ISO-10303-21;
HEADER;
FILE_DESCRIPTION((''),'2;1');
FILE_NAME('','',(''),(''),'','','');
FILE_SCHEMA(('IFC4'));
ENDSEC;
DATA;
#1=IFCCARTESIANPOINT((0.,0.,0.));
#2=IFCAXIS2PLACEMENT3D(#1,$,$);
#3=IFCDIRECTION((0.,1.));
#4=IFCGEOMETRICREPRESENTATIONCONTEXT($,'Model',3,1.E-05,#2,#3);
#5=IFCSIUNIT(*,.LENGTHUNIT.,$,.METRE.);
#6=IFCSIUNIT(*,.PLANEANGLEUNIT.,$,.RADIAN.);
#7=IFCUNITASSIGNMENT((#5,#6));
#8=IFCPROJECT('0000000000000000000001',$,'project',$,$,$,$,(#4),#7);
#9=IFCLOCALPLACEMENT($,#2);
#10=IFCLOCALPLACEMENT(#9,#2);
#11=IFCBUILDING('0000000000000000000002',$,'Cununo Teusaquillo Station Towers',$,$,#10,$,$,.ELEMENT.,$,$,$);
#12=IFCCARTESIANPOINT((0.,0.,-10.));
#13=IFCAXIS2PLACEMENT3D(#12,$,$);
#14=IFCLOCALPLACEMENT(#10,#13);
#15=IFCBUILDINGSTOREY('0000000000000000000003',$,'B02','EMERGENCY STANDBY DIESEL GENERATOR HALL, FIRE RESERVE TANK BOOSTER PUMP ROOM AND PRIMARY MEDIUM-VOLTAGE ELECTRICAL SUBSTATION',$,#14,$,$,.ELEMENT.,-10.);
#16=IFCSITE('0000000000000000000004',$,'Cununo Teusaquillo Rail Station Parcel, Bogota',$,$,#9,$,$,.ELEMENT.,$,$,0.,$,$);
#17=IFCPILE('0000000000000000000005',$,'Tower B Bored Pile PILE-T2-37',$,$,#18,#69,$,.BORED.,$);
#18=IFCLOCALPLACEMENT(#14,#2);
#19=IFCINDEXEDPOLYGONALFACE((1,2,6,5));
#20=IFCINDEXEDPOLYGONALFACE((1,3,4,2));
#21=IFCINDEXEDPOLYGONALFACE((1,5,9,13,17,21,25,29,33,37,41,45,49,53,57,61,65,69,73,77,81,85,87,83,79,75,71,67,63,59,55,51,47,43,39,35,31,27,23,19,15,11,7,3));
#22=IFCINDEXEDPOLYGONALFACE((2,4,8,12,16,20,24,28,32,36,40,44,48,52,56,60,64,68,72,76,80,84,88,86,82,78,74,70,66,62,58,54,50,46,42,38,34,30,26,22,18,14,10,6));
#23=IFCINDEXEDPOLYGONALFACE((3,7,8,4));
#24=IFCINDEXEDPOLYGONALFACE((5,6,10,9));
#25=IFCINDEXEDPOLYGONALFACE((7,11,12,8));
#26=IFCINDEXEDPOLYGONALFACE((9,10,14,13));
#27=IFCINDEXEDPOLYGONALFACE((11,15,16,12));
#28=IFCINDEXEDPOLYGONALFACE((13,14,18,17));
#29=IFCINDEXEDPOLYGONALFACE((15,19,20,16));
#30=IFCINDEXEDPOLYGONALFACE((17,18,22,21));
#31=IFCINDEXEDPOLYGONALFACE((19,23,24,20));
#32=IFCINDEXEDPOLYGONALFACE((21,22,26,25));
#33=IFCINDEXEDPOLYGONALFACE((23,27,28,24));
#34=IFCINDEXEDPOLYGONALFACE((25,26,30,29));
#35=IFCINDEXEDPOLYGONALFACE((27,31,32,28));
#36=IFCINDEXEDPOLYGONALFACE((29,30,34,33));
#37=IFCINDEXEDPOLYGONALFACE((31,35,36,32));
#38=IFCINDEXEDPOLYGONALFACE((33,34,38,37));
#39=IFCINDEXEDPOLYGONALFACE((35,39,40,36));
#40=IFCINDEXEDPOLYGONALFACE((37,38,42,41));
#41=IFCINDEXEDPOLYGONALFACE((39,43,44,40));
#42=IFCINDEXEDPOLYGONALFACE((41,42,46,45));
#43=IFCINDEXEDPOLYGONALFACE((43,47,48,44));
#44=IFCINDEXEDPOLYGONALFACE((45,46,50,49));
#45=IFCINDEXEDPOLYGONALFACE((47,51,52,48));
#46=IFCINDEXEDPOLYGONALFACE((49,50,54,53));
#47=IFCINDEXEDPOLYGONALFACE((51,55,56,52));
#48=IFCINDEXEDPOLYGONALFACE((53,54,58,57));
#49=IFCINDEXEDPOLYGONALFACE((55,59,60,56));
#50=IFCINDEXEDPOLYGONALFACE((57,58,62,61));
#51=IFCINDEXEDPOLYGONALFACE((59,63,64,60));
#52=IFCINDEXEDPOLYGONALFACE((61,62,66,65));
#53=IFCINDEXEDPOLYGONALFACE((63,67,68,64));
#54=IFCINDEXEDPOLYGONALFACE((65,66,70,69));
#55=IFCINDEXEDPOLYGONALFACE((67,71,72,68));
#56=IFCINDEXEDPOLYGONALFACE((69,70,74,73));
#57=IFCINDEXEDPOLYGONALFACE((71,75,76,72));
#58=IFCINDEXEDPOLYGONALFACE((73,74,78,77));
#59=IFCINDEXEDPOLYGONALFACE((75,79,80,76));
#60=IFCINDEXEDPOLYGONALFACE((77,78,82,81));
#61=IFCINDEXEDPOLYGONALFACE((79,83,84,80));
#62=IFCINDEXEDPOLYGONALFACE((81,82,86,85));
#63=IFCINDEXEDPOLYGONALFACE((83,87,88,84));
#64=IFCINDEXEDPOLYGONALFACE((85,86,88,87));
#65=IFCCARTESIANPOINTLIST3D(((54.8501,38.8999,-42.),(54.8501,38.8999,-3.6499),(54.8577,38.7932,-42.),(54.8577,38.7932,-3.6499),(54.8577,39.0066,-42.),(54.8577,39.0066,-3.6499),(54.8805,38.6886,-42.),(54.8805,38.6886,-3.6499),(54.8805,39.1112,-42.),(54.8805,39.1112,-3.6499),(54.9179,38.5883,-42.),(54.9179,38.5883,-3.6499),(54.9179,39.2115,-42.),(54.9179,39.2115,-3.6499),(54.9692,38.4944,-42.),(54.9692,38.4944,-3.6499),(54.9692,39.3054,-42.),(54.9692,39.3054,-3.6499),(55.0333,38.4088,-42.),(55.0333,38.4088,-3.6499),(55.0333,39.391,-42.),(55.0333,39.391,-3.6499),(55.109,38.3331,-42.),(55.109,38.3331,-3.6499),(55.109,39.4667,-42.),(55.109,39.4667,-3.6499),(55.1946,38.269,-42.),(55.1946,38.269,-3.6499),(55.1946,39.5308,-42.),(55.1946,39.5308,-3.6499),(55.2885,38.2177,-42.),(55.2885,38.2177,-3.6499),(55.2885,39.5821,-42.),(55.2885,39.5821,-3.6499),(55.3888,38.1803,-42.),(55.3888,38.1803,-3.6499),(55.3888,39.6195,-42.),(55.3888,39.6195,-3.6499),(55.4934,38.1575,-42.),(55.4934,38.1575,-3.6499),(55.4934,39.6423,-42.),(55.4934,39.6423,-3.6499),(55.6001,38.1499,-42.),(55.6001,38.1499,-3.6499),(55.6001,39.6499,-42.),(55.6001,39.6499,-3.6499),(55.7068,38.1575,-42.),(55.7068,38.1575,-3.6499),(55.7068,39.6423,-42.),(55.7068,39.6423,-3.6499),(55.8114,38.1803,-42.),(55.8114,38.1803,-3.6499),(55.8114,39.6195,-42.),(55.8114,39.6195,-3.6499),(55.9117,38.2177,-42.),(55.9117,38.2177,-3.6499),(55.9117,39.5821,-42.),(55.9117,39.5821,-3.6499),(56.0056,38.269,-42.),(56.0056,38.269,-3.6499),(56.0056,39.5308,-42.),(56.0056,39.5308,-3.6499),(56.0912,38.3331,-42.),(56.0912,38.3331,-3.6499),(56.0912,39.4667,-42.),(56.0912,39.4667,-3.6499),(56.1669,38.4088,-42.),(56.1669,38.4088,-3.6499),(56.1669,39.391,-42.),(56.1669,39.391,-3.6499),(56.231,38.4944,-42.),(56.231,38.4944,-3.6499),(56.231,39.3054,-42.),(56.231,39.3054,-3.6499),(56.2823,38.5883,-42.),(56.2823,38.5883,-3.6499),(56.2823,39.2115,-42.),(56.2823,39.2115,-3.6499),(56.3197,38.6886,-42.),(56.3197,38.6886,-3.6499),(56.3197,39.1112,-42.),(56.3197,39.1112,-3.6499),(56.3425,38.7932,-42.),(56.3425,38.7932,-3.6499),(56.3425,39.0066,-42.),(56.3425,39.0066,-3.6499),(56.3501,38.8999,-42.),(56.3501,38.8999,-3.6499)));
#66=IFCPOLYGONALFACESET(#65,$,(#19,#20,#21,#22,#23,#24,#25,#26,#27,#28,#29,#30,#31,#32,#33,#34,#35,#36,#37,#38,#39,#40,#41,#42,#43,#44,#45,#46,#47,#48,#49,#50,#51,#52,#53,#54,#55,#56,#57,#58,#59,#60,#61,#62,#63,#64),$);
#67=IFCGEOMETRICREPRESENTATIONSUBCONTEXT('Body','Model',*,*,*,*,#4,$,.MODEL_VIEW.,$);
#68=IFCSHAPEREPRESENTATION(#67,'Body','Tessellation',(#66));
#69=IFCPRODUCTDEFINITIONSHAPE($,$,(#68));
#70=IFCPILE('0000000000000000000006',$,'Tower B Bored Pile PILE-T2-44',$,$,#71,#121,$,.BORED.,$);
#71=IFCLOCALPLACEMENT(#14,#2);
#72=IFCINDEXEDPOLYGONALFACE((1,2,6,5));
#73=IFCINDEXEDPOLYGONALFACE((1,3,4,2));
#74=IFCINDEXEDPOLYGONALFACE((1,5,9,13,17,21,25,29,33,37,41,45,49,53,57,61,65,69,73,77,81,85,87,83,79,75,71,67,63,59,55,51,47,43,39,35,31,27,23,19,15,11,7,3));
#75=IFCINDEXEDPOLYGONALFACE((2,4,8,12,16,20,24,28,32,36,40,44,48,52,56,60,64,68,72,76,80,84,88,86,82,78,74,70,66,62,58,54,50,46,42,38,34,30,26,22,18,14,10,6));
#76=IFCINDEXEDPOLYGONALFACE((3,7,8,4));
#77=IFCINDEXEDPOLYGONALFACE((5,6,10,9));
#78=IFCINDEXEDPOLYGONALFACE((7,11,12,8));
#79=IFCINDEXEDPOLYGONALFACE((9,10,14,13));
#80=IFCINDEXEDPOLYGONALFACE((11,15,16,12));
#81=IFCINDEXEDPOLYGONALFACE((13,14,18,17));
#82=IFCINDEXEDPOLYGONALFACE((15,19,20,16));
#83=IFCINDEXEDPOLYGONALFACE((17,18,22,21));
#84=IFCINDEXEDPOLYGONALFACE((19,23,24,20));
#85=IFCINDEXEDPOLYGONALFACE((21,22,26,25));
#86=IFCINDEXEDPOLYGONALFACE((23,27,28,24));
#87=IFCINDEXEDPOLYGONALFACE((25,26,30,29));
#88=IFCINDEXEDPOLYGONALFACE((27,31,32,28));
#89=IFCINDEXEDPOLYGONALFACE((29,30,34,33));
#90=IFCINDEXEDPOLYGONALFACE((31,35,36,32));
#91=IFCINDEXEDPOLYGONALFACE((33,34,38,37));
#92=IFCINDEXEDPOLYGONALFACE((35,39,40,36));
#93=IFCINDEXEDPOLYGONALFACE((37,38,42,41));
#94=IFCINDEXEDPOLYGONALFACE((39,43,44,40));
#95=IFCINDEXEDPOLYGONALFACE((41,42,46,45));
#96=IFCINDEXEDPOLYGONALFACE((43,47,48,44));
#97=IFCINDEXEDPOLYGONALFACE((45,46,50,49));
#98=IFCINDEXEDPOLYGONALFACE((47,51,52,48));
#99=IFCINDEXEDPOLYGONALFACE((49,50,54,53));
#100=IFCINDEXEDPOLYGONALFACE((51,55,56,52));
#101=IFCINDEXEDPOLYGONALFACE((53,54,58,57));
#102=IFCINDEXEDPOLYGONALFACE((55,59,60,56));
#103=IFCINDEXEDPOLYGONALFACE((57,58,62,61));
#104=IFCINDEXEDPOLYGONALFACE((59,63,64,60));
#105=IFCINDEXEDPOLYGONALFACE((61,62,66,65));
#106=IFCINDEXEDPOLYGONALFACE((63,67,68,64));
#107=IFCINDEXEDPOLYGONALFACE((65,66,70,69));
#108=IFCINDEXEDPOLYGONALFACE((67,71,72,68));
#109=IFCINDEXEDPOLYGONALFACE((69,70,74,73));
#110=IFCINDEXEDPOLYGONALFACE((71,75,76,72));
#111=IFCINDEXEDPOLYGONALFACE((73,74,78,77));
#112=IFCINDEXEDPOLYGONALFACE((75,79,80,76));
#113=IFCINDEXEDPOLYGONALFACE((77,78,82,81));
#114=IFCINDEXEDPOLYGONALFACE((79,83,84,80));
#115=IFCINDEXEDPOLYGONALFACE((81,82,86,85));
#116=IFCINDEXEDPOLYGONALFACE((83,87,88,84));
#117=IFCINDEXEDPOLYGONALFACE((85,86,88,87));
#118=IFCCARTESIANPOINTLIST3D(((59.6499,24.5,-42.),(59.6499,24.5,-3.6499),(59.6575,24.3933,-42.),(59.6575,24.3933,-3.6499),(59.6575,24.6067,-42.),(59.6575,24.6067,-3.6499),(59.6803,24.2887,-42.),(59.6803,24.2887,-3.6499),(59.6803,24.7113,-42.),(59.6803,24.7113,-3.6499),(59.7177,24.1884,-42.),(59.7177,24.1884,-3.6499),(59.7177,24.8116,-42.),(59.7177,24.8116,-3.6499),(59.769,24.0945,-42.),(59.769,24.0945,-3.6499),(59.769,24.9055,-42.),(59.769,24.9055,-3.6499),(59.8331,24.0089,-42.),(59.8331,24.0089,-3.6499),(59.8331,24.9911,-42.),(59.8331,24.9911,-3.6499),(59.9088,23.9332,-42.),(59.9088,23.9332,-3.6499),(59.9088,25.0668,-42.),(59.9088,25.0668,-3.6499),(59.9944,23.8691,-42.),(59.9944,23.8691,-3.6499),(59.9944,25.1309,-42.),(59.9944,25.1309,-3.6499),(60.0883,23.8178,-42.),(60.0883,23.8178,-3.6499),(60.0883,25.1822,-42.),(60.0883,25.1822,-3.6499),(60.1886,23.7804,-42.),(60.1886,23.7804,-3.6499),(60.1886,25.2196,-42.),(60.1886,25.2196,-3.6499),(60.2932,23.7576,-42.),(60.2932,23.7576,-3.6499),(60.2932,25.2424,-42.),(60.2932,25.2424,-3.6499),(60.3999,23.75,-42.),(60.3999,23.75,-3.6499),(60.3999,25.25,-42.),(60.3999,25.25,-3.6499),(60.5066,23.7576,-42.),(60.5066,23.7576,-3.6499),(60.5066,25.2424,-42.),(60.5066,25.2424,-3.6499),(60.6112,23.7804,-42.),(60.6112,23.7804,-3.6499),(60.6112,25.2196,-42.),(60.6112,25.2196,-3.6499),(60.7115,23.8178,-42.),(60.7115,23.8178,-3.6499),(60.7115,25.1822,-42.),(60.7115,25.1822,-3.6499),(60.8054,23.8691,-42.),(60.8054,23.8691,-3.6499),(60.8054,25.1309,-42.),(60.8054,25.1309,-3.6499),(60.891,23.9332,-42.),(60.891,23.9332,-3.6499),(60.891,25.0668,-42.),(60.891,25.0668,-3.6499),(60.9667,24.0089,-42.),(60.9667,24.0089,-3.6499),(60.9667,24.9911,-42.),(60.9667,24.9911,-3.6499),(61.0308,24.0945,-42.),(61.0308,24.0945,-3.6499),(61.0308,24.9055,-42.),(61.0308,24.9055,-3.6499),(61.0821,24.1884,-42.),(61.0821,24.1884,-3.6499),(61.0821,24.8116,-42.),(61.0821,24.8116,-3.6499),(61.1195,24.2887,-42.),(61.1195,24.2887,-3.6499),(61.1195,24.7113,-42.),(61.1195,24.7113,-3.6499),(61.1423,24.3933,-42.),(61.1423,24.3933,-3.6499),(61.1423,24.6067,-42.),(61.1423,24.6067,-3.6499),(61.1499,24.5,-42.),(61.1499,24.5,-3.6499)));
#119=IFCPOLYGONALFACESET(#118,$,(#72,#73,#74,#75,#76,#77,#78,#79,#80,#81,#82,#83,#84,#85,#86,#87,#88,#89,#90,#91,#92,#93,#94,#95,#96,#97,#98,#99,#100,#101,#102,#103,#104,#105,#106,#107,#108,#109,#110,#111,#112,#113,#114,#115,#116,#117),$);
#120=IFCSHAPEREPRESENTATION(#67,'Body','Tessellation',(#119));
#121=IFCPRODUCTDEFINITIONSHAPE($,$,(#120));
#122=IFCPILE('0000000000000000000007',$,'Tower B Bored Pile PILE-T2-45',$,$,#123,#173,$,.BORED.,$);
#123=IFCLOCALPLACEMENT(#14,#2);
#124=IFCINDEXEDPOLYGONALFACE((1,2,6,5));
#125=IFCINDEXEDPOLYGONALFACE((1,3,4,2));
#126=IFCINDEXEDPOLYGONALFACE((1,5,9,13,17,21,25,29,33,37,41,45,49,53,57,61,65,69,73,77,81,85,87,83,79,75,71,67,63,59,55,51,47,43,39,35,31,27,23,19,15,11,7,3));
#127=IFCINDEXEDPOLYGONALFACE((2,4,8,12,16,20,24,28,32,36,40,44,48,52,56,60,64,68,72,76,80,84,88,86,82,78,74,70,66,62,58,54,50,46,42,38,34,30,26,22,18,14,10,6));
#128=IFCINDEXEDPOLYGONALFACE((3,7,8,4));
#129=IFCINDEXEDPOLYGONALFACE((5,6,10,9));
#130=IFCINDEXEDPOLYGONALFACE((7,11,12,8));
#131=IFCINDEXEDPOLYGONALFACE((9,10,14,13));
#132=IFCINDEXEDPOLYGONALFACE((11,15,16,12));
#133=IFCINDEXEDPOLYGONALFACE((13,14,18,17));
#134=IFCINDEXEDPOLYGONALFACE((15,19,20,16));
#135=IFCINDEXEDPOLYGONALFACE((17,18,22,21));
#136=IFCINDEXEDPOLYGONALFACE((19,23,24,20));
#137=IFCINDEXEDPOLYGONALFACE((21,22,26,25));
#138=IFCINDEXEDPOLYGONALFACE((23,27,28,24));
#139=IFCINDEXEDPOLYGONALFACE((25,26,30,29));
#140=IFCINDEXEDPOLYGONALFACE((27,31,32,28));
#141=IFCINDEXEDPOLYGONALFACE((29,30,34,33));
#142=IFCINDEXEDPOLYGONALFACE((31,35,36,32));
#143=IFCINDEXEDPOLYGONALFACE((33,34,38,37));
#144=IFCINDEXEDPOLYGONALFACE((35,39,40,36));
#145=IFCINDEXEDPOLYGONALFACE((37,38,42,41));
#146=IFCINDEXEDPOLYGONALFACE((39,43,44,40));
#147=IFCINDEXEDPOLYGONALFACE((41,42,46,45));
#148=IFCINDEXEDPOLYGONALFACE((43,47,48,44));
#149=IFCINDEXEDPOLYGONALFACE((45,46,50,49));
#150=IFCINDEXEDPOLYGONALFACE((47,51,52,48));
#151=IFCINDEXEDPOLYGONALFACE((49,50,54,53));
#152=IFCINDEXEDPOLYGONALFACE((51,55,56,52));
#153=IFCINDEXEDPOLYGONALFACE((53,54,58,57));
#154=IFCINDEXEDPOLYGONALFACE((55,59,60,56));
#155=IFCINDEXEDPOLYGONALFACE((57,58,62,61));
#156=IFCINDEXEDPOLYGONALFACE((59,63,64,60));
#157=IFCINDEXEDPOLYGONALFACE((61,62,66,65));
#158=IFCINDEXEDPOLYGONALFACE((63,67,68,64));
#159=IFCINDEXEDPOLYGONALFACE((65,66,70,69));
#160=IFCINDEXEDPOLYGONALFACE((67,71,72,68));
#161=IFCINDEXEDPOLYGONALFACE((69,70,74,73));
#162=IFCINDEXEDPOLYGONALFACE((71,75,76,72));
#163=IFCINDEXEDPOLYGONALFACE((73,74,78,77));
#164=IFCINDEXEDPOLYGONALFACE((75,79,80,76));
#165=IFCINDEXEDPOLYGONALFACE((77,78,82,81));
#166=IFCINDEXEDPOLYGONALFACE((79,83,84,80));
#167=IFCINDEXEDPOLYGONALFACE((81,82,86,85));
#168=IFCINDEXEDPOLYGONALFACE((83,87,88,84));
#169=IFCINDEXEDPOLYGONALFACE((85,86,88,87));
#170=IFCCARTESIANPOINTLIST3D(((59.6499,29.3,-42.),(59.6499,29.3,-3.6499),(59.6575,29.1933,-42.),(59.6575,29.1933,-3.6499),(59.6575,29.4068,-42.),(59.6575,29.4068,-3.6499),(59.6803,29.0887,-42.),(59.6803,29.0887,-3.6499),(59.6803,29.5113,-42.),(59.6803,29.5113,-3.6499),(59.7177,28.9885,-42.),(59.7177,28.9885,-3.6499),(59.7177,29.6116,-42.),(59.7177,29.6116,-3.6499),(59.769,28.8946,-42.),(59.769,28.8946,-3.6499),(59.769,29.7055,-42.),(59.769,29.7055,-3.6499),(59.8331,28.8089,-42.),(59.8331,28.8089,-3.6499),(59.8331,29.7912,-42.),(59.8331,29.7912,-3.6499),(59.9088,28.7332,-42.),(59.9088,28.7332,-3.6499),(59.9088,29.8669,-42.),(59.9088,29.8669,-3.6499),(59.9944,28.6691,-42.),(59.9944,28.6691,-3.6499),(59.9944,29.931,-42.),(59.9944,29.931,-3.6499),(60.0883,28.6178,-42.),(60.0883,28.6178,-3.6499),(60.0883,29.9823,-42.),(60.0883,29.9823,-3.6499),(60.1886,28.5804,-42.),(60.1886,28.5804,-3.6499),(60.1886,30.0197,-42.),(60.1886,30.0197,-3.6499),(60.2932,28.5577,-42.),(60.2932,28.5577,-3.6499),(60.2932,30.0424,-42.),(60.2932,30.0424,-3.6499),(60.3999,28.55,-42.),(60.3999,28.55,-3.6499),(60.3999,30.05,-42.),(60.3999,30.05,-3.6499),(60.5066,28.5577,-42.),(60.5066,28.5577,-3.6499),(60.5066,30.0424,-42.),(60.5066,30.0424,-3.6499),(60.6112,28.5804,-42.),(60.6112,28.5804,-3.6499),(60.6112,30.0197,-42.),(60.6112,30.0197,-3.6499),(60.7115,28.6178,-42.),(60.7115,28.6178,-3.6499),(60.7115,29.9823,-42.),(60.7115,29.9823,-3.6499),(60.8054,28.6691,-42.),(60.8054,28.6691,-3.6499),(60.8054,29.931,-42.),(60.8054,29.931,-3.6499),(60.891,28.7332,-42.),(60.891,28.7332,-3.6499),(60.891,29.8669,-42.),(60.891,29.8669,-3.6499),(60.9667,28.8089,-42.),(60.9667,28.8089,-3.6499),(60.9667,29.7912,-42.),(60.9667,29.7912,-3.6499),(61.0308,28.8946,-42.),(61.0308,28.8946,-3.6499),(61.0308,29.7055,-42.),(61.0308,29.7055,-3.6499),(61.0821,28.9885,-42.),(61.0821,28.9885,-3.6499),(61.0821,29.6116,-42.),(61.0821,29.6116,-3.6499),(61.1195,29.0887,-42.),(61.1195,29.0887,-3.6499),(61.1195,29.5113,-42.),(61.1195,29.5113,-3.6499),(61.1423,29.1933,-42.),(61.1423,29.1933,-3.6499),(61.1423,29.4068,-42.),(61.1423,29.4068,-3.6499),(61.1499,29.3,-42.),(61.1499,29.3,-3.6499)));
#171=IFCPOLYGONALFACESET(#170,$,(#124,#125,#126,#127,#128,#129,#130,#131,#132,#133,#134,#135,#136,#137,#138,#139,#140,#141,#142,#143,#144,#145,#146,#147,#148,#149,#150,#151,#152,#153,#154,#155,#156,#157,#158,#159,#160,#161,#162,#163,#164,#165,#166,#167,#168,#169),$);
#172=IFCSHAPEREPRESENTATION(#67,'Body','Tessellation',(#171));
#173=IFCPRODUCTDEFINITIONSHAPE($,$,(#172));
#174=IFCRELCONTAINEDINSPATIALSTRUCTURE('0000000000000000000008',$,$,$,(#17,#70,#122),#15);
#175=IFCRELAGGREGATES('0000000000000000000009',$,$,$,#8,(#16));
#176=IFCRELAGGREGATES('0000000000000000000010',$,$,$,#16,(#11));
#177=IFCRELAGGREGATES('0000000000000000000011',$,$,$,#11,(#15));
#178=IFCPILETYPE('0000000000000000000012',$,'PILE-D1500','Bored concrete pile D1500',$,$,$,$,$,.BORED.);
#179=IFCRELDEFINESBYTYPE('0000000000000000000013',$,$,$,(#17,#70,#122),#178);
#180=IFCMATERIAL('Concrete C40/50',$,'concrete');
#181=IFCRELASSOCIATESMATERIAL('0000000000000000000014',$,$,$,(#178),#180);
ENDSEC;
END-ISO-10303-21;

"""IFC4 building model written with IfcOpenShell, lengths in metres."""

from ifc_helpers import new_model, si_unit, direction, frame, origin, origin_2d, place, context, subcontext, project, spatial, circle, extrude, material, material_profile, profile_set, type_object, element, save


model = new_model("IFC4")

# Units and contexts
model_context = context("Model", 3, precision=1e-05, world=origin(), true_north=direction((0.0, 1.0)))
body_context = subcontext(model_context, "Body", "Model", "MODEL_VIEW")
ifc_project = project(units=[si_unit("LENGTHUNIT", "METRE"), si_unit("PLANEANGLEUNIT", "RADIAN")], contexts=[model_context])

# Site, building, storey
site_placement = place(None, origin())
site = spatial("IfcSite", under=ifc_project, at=site_placement, Name="Cununo Teusaquillo Rail Station Parcel, Bogota", CompositionType="ELEMENT", RefElevation=0.0)
building_placement = place(site_placement, origin())
building = spatial("IfcBuilding", under=site, at=building_placement, Name="Cununo Teusaquillo Station Towers", CompositionType="ELEMENT")
storey_placement = place(building_placement, frame((0.0, 0.0, -10.0)))
storey = spatial("IfcBuildingStorey", under=building, at=storey_placement, Name="B02", Description="EMERGENCY STANDBY DIESEL GENERATOR HALL, FIRE RESERVE TANK BOOSTER PUMP ROOM AND PRIMARY MEDIUM-VOLTAGE ELECTRICAL SUBSTATION", CompositionType="ELEMENT", Elevation=-10.0)

# Piles
ifc_material_1 = material(Name="Concrete C40/50", Category="concrete")
ifc_material_profile_1 = material_profile(ifc_material_1, circle(Radius=0.75, at=origin_2d()), Name="PILE-BORED-1500")
ifc_profile_set_1 = profile_set([ifc_material_profile_1], Name="Concrete C40/50")
pile_type = type_object("IfcPileType", Name="PILE-D1500", Description="Bored concrete pile D1500", PredefinedType="BORED", material=ifc_profile_set_1)
for number, where, z_axis, x_axis, name in (
    (1, (55.6001, 38.8999, -3.6499), (0.0, 0.0, -1.0), (1.0, 0.0, 0.0), "Tower B Bored Pile PILE-T2-37"),
    (2, (60.3999, 24.5, -3.6499), (0.0, 0.0, -1.0), (1.0, 0.0, 0.0), "Tower B Bored Pile PILE-T2-44"),
    (3, (60.3999, 29.3, -3.6499), (0.0, 0.0, -1.0), (1.0, 0.0, 0.0), "Tower B Bored Pile PILE-T2-45"),
):
    element("IfcPile", number, at=place(storey_placement, frame(where, z_axis=z_axis, x_axis=x_axis)), inside=storey, type_object=pile_type, Name=name, PredefinedType="BORED", context=body_context, shape_type="SweptSolid", body=[
        extrude(circle(Radius=0.75, at=origin_2d()), origin(), (0.0, 0.0, 1.0), 38.3501),
    ])

save(model, "model.ifc")
